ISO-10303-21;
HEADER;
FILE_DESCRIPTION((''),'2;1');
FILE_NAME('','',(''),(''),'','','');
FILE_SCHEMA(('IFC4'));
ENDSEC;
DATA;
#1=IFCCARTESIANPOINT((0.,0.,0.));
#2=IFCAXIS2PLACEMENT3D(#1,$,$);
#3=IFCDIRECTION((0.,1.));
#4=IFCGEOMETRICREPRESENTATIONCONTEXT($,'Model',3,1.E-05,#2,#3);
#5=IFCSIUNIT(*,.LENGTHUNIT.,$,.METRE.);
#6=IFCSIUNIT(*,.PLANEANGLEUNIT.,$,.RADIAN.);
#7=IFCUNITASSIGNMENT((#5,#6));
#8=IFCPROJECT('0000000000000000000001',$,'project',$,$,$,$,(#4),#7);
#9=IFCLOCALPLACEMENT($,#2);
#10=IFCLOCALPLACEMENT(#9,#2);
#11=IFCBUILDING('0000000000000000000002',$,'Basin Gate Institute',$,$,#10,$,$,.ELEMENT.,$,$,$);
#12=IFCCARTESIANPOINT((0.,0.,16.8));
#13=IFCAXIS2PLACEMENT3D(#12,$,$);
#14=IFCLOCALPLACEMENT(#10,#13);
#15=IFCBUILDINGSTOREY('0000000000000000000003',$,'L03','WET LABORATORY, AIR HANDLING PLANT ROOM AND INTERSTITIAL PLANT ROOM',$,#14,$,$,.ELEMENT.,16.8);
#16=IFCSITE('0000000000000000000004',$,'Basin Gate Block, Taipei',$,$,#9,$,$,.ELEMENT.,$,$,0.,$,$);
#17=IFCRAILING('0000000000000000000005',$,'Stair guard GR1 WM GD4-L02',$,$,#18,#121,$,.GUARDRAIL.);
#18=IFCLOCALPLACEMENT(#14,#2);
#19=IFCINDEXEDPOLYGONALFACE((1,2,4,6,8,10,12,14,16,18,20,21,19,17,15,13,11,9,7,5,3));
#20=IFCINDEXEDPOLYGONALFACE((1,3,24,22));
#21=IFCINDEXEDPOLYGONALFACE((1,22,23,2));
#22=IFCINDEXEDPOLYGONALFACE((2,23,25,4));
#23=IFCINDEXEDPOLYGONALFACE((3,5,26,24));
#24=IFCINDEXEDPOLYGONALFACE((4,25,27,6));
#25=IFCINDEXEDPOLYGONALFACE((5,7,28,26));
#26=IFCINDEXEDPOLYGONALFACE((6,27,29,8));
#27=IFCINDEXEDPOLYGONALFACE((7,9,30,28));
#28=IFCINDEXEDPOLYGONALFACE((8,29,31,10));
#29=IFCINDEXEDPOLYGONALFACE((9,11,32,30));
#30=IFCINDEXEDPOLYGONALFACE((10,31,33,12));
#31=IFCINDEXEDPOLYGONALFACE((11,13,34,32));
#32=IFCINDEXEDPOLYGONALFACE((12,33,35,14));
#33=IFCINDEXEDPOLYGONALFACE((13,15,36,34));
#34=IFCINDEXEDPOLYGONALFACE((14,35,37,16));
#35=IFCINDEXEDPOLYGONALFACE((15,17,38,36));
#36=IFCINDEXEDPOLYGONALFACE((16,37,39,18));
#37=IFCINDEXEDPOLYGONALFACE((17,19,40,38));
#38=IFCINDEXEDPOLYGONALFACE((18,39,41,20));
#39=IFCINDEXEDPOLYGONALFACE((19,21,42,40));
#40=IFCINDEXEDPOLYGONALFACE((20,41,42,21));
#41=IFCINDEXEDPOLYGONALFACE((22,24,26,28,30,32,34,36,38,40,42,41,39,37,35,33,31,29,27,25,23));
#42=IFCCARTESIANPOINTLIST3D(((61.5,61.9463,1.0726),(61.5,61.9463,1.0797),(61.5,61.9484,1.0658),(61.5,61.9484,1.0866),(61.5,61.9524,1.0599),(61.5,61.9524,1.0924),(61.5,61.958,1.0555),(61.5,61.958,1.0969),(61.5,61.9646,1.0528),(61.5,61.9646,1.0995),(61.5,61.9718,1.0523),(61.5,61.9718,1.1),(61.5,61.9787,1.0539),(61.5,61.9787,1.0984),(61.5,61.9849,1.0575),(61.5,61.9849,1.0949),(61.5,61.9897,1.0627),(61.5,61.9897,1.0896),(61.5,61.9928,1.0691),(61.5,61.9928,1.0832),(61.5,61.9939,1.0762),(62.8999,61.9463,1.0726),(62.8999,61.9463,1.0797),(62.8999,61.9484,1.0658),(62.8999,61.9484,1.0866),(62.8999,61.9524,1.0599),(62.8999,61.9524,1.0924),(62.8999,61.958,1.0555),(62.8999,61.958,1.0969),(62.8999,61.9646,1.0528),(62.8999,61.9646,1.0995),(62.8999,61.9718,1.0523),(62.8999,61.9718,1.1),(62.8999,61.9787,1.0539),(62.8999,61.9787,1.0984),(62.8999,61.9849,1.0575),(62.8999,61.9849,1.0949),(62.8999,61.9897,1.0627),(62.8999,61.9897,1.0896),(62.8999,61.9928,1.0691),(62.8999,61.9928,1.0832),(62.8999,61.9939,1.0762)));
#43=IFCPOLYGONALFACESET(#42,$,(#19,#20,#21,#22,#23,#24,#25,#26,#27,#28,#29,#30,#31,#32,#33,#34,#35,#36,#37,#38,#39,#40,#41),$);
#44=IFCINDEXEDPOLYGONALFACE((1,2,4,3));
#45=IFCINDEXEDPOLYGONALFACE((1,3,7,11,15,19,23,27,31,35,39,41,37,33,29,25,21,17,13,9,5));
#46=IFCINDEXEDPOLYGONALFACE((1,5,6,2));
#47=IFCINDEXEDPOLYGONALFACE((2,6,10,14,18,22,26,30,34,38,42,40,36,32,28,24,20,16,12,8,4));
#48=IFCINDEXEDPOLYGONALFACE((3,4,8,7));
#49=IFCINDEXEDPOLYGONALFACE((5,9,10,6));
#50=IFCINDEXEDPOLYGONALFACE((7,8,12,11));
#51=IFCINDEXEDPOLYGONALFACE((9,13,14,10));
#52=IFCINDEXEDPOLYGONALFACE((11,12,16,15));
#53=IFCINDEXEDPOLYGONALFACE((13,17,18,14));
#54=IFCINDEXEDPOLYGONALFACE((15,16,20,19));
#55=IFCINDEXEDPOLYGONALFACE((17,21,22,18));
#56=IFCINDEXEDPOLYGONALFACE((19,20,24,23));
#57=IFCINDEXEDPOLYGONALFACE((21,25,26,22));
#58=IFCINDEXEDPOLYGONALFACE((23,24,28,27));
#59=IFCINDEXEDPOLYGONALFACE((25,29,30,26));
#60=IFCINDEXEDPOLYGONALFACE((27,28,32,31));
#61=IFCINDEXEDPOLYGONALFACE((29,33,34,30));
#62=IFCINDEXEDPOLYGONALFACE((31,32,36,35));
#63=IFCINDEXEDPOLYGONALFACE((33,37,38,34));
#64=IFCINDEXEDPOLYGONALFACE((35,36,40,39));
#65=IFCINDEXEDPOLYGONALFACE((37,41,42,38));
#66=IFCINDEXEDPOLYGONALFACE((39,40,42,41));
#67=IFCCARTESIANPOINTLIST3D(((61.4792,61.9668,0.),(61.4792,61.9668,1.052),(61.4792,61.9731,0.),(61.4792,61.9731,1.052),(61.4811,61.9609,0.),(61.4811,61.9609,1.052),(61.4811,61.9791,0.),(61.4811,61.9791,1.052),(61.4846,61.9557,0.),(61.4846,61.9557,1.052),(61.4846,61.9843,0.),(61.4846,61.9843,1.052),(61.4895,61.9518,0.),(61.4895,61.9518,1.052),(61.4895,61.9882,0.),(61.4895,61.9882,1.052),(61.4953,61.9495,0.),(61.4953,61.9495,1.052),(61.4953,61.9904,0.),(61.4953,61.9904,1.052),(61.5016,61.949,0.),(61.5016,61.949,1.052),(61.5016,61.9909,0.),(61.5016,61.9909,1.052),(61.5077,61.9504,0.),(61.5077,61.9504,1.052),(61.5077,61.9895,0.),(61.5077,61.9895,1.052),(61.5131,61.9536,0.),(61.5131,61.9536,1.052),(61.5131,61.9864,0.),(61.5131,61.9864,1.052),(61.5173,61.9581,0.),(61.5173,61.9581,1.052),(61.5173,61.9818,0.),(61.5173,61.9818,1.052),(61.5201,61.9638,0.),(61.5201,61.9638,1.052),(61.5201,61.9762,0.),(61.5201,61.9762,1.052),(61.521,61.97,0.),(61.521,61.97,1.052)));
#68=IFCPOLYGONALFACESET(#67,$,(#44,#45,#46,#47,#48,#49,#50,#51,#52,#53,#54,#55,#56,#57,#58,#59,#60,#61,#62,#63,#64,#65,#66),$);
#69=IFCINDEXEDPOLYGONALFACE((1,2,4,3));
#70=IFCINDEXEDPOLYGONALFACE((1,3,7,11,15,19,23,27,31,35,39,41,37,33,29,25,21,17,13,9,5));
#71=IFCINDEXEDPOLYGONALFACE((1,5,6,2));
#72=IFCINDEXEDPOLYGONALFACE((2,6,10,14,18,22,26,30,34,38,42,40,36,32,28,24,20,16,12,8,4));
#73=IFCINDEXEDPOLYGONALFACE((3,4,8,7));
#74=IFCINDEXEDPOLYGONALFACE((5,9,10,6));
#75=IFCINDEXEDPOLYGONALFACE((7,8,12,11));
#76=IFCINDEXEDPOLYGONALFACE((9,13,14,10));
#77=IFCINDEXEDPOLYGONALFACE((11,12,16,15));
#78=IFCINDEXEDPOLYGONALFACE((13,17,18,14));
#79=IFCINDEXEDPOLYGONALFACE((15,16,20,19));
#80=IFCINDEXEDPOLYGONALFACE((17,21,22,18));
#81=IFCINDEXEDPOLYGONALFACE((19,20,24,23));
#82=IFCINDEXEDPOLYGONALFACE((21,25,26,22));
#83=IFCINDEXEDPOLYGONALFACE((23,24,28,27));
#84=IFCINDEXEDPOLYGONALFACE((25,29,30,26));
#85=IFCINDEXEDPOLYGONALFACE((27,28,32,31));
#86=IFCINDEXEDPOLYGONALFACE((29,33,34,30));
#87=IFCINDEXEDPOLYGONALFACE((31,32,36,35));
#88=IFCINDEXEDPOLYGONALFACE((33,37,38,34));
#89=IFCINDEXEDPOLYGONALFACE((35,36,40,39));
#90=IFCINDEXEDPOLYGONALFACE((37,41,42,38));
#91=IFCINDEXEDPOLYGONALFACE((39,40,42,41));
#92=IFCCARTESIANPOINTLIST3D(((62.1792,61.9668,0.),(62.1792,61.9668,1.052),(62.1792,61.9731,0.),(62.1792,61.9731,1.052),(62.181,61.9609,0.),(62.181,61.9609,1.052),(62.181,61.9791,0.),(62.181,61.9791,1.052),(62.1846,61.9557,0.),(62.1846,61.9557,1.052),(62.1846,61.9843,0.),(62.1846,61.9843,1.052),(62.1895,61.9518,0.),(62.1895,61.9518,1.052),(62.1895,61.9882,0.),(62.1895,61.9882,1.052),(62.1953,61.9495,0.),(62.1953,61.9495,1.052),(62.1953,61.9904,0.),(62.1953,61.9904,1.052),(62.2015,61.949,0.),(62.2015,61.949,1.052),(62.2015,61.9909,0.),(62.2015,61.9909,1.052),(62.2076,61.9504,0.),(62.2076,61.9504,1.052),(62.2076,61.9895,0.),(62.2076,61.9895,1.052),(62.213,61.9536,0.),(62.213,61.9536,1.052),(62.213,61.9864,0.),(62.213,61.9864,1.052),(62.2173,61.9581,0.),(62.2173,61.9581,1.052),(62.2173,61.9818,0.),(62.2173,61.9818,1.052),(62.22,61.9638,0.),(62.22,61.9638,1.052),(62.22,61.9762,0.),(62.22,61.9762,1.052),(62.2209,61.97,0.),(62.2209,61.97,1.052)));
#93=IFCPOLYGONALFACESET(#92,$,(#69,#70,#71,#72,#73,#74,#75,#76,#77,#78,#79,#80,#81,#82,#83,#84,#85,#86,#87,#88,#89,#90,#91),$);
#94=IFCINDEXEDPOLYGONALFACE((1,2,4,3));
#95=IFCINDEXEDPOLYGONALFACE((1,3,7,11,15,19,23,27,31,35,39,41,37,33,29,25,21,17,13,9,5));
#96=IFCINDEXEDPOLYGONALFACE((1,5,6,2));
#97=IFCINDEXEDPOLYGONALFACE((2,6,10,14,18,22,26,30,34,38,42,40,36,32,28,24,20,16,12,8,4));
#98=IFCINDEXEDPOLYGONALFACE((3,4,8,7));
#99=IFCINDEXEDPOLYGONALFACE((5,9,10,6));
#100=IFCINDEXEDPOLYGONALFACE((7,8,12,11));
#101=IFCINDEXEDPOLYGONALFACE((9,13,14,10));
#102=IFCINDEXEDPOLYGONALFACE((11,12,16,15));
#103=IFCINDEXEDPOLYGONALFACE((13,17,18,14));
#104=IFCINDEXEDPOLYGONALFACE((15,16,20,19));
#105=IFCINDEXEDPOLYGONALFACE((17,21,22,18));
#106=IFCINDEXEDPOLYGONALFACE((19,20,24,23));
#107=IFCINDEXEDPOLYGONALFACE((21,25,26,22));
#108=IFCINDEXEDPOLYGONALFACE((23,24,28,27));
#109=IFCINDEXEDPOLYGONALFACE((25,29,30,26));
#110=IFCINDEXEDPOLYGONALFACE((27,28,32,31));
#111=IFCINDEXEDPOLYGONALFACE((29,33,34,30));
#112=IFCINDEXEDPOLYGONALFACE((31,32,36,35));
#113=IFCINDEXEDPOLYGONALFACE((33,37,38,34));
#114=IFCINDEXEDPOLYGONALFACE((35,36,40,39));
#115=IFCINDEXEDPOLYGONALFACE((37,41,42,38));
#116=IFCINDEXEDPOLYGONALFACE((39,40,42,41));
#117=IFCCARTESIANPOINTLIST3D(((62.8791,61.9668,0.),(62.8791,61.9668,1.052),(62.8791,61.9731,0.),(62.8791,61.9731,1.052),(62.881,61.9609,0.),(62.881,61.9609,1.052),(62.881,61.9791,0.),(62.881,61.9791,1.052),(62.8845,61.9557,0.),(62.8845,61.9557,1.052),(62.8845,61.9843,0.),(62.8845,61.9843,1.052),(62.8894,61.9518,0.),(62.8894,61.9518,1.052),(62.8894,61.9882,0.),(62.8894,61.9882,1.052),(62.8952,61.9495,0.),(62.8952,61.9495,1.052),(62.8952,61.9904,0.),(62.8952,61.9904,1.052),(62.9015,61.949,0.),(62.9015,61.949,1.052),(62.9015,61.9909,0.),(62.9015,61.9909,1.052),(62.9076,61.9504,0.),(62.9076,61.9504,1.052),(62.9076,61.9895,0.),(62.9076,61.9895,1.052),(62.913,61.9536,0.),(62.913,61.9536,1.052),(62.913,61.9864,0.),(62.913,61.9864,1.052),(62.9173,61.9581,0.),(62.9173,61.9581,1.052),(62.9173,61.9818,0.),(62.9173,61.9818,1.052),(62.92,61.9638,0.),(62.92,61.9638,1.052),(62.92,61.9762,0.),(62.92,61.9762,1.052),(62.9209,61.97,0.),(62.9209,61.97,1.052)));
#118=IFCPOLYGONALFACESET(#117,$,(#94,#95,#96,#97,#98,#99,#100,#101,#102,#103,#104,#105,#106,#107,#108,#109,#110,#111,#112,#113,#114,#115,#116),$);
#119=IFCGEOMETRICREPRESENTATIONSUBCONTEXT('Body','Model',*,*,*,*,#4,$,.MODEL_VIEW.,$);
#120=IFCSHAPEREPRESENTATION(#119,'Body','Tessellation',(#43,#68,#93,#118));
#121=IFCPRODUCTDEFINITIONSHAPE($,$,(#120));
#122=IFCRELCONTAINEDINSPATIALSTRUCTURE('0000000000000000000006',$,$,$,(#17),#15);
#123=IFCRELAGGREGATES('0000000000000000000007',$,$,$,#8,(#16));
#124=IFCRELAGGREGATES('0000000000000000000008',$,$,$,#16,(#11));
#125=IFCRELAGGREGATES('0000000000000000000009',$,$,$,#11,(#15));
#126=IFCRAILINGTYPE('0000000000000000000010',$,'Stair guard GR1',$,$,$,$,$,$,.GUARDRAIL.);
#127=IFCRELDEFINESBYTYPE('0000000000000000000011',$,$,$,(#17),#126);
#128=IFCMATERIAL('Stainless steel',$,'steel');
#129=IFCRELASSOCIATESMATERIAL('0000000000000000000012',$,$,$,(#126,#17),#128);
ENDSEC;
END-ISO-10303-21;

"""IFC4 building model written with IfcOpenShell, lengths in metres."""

from ifc_helpers import new_model, si_unit, direction, frame, origin, origin_2d, place, context, subcontext, project, spatial, circle, extrude, material, type_object, element, save


model = new_model("IFC4")

# Units and contexts
model_context = context("Model", 3, precision=1e-05, world=origin(), true_north=direction((0.0, 1.0)))
body_context = subcontext(model_context, "Body", "Model", "MODEL_VIEW")
ifc_project = project(units=[si_unit("LENGTHUNIT", "METRE"), si_unit("PLANEANGLEUNIT", "RADIAN")], contexts=[model_context])

# Site, building, storey
site_placement = place(None, origin())
site = spatial("IfcSite", under=ifc_project, at=site_placement, Name="Basin Gate Block, Taipei", CompositionType="ELEMENT", RefElevation=0.0)
building_placement = place(site_placement, origin())
building = spatial("IfcBuilding", under=site, at=building_placement, Name="Basin Gate Institute", CompositionType="ELEMENT")
storey_placement = place(building_placement, frame((0.0, 0.0, 16.8)))
storey = spatial("IfcBuildingStorey", under=building, at=storey_placement, Name="L03", Description="WET LABORATORY, AIR HANDLING PLANT ROOM AND INTERSTITIAL PLANT ROOM", CompositionType="ELEMENT", Elevation=16.8)

# Railing
ifc_material_1 = material(Name="Stainless steel", Category="steel")
railing_type_1 = type_object("IfcRailingType", Name="Stair guard GR1", PredefinedType="GUARDRAIL", material=ifc_material_1)
railing_1_placement = place(storey_placement, frame((61.5, 61.97, 0.0)))
element("IfcRailing", 1, at=railing_1_placement, inside=storey, type_object=railing_type_1, material=ifc_material_1, Name="Stair guard GR1 WM GD4-L02", PredefinedType="GUARDRAIL", context=body_context, shape_type="SweptSolid", body=[
    extrude(circle(Radius=0.0239, at=origin_2d()), frame((0.0, 0.0, 1.0762), z_axis=(1.0, 0.0, 0.0), x_axis=(0.0, 1.0, 0.0)), (0.0, 0.0, 1.0), 1.3999),
    extrude(circle(Radius=0.021, at=origin_2d()), origin(), (0.0, 0.0, 1.0), 1.052),
    extrude(circle(Radius=0.021, at=origin_2d()), frame((0.7, 0.0, 0.0)), (0.0, 0.0, 1.0), 1.052),
    extrude(circle(Radius=0.021, at=origin_2d()), frame((1.3999, 0.0, 0.0)), (0.0, 0.0, 1.0), 1.052),
])

save(model, "model.ifc")
